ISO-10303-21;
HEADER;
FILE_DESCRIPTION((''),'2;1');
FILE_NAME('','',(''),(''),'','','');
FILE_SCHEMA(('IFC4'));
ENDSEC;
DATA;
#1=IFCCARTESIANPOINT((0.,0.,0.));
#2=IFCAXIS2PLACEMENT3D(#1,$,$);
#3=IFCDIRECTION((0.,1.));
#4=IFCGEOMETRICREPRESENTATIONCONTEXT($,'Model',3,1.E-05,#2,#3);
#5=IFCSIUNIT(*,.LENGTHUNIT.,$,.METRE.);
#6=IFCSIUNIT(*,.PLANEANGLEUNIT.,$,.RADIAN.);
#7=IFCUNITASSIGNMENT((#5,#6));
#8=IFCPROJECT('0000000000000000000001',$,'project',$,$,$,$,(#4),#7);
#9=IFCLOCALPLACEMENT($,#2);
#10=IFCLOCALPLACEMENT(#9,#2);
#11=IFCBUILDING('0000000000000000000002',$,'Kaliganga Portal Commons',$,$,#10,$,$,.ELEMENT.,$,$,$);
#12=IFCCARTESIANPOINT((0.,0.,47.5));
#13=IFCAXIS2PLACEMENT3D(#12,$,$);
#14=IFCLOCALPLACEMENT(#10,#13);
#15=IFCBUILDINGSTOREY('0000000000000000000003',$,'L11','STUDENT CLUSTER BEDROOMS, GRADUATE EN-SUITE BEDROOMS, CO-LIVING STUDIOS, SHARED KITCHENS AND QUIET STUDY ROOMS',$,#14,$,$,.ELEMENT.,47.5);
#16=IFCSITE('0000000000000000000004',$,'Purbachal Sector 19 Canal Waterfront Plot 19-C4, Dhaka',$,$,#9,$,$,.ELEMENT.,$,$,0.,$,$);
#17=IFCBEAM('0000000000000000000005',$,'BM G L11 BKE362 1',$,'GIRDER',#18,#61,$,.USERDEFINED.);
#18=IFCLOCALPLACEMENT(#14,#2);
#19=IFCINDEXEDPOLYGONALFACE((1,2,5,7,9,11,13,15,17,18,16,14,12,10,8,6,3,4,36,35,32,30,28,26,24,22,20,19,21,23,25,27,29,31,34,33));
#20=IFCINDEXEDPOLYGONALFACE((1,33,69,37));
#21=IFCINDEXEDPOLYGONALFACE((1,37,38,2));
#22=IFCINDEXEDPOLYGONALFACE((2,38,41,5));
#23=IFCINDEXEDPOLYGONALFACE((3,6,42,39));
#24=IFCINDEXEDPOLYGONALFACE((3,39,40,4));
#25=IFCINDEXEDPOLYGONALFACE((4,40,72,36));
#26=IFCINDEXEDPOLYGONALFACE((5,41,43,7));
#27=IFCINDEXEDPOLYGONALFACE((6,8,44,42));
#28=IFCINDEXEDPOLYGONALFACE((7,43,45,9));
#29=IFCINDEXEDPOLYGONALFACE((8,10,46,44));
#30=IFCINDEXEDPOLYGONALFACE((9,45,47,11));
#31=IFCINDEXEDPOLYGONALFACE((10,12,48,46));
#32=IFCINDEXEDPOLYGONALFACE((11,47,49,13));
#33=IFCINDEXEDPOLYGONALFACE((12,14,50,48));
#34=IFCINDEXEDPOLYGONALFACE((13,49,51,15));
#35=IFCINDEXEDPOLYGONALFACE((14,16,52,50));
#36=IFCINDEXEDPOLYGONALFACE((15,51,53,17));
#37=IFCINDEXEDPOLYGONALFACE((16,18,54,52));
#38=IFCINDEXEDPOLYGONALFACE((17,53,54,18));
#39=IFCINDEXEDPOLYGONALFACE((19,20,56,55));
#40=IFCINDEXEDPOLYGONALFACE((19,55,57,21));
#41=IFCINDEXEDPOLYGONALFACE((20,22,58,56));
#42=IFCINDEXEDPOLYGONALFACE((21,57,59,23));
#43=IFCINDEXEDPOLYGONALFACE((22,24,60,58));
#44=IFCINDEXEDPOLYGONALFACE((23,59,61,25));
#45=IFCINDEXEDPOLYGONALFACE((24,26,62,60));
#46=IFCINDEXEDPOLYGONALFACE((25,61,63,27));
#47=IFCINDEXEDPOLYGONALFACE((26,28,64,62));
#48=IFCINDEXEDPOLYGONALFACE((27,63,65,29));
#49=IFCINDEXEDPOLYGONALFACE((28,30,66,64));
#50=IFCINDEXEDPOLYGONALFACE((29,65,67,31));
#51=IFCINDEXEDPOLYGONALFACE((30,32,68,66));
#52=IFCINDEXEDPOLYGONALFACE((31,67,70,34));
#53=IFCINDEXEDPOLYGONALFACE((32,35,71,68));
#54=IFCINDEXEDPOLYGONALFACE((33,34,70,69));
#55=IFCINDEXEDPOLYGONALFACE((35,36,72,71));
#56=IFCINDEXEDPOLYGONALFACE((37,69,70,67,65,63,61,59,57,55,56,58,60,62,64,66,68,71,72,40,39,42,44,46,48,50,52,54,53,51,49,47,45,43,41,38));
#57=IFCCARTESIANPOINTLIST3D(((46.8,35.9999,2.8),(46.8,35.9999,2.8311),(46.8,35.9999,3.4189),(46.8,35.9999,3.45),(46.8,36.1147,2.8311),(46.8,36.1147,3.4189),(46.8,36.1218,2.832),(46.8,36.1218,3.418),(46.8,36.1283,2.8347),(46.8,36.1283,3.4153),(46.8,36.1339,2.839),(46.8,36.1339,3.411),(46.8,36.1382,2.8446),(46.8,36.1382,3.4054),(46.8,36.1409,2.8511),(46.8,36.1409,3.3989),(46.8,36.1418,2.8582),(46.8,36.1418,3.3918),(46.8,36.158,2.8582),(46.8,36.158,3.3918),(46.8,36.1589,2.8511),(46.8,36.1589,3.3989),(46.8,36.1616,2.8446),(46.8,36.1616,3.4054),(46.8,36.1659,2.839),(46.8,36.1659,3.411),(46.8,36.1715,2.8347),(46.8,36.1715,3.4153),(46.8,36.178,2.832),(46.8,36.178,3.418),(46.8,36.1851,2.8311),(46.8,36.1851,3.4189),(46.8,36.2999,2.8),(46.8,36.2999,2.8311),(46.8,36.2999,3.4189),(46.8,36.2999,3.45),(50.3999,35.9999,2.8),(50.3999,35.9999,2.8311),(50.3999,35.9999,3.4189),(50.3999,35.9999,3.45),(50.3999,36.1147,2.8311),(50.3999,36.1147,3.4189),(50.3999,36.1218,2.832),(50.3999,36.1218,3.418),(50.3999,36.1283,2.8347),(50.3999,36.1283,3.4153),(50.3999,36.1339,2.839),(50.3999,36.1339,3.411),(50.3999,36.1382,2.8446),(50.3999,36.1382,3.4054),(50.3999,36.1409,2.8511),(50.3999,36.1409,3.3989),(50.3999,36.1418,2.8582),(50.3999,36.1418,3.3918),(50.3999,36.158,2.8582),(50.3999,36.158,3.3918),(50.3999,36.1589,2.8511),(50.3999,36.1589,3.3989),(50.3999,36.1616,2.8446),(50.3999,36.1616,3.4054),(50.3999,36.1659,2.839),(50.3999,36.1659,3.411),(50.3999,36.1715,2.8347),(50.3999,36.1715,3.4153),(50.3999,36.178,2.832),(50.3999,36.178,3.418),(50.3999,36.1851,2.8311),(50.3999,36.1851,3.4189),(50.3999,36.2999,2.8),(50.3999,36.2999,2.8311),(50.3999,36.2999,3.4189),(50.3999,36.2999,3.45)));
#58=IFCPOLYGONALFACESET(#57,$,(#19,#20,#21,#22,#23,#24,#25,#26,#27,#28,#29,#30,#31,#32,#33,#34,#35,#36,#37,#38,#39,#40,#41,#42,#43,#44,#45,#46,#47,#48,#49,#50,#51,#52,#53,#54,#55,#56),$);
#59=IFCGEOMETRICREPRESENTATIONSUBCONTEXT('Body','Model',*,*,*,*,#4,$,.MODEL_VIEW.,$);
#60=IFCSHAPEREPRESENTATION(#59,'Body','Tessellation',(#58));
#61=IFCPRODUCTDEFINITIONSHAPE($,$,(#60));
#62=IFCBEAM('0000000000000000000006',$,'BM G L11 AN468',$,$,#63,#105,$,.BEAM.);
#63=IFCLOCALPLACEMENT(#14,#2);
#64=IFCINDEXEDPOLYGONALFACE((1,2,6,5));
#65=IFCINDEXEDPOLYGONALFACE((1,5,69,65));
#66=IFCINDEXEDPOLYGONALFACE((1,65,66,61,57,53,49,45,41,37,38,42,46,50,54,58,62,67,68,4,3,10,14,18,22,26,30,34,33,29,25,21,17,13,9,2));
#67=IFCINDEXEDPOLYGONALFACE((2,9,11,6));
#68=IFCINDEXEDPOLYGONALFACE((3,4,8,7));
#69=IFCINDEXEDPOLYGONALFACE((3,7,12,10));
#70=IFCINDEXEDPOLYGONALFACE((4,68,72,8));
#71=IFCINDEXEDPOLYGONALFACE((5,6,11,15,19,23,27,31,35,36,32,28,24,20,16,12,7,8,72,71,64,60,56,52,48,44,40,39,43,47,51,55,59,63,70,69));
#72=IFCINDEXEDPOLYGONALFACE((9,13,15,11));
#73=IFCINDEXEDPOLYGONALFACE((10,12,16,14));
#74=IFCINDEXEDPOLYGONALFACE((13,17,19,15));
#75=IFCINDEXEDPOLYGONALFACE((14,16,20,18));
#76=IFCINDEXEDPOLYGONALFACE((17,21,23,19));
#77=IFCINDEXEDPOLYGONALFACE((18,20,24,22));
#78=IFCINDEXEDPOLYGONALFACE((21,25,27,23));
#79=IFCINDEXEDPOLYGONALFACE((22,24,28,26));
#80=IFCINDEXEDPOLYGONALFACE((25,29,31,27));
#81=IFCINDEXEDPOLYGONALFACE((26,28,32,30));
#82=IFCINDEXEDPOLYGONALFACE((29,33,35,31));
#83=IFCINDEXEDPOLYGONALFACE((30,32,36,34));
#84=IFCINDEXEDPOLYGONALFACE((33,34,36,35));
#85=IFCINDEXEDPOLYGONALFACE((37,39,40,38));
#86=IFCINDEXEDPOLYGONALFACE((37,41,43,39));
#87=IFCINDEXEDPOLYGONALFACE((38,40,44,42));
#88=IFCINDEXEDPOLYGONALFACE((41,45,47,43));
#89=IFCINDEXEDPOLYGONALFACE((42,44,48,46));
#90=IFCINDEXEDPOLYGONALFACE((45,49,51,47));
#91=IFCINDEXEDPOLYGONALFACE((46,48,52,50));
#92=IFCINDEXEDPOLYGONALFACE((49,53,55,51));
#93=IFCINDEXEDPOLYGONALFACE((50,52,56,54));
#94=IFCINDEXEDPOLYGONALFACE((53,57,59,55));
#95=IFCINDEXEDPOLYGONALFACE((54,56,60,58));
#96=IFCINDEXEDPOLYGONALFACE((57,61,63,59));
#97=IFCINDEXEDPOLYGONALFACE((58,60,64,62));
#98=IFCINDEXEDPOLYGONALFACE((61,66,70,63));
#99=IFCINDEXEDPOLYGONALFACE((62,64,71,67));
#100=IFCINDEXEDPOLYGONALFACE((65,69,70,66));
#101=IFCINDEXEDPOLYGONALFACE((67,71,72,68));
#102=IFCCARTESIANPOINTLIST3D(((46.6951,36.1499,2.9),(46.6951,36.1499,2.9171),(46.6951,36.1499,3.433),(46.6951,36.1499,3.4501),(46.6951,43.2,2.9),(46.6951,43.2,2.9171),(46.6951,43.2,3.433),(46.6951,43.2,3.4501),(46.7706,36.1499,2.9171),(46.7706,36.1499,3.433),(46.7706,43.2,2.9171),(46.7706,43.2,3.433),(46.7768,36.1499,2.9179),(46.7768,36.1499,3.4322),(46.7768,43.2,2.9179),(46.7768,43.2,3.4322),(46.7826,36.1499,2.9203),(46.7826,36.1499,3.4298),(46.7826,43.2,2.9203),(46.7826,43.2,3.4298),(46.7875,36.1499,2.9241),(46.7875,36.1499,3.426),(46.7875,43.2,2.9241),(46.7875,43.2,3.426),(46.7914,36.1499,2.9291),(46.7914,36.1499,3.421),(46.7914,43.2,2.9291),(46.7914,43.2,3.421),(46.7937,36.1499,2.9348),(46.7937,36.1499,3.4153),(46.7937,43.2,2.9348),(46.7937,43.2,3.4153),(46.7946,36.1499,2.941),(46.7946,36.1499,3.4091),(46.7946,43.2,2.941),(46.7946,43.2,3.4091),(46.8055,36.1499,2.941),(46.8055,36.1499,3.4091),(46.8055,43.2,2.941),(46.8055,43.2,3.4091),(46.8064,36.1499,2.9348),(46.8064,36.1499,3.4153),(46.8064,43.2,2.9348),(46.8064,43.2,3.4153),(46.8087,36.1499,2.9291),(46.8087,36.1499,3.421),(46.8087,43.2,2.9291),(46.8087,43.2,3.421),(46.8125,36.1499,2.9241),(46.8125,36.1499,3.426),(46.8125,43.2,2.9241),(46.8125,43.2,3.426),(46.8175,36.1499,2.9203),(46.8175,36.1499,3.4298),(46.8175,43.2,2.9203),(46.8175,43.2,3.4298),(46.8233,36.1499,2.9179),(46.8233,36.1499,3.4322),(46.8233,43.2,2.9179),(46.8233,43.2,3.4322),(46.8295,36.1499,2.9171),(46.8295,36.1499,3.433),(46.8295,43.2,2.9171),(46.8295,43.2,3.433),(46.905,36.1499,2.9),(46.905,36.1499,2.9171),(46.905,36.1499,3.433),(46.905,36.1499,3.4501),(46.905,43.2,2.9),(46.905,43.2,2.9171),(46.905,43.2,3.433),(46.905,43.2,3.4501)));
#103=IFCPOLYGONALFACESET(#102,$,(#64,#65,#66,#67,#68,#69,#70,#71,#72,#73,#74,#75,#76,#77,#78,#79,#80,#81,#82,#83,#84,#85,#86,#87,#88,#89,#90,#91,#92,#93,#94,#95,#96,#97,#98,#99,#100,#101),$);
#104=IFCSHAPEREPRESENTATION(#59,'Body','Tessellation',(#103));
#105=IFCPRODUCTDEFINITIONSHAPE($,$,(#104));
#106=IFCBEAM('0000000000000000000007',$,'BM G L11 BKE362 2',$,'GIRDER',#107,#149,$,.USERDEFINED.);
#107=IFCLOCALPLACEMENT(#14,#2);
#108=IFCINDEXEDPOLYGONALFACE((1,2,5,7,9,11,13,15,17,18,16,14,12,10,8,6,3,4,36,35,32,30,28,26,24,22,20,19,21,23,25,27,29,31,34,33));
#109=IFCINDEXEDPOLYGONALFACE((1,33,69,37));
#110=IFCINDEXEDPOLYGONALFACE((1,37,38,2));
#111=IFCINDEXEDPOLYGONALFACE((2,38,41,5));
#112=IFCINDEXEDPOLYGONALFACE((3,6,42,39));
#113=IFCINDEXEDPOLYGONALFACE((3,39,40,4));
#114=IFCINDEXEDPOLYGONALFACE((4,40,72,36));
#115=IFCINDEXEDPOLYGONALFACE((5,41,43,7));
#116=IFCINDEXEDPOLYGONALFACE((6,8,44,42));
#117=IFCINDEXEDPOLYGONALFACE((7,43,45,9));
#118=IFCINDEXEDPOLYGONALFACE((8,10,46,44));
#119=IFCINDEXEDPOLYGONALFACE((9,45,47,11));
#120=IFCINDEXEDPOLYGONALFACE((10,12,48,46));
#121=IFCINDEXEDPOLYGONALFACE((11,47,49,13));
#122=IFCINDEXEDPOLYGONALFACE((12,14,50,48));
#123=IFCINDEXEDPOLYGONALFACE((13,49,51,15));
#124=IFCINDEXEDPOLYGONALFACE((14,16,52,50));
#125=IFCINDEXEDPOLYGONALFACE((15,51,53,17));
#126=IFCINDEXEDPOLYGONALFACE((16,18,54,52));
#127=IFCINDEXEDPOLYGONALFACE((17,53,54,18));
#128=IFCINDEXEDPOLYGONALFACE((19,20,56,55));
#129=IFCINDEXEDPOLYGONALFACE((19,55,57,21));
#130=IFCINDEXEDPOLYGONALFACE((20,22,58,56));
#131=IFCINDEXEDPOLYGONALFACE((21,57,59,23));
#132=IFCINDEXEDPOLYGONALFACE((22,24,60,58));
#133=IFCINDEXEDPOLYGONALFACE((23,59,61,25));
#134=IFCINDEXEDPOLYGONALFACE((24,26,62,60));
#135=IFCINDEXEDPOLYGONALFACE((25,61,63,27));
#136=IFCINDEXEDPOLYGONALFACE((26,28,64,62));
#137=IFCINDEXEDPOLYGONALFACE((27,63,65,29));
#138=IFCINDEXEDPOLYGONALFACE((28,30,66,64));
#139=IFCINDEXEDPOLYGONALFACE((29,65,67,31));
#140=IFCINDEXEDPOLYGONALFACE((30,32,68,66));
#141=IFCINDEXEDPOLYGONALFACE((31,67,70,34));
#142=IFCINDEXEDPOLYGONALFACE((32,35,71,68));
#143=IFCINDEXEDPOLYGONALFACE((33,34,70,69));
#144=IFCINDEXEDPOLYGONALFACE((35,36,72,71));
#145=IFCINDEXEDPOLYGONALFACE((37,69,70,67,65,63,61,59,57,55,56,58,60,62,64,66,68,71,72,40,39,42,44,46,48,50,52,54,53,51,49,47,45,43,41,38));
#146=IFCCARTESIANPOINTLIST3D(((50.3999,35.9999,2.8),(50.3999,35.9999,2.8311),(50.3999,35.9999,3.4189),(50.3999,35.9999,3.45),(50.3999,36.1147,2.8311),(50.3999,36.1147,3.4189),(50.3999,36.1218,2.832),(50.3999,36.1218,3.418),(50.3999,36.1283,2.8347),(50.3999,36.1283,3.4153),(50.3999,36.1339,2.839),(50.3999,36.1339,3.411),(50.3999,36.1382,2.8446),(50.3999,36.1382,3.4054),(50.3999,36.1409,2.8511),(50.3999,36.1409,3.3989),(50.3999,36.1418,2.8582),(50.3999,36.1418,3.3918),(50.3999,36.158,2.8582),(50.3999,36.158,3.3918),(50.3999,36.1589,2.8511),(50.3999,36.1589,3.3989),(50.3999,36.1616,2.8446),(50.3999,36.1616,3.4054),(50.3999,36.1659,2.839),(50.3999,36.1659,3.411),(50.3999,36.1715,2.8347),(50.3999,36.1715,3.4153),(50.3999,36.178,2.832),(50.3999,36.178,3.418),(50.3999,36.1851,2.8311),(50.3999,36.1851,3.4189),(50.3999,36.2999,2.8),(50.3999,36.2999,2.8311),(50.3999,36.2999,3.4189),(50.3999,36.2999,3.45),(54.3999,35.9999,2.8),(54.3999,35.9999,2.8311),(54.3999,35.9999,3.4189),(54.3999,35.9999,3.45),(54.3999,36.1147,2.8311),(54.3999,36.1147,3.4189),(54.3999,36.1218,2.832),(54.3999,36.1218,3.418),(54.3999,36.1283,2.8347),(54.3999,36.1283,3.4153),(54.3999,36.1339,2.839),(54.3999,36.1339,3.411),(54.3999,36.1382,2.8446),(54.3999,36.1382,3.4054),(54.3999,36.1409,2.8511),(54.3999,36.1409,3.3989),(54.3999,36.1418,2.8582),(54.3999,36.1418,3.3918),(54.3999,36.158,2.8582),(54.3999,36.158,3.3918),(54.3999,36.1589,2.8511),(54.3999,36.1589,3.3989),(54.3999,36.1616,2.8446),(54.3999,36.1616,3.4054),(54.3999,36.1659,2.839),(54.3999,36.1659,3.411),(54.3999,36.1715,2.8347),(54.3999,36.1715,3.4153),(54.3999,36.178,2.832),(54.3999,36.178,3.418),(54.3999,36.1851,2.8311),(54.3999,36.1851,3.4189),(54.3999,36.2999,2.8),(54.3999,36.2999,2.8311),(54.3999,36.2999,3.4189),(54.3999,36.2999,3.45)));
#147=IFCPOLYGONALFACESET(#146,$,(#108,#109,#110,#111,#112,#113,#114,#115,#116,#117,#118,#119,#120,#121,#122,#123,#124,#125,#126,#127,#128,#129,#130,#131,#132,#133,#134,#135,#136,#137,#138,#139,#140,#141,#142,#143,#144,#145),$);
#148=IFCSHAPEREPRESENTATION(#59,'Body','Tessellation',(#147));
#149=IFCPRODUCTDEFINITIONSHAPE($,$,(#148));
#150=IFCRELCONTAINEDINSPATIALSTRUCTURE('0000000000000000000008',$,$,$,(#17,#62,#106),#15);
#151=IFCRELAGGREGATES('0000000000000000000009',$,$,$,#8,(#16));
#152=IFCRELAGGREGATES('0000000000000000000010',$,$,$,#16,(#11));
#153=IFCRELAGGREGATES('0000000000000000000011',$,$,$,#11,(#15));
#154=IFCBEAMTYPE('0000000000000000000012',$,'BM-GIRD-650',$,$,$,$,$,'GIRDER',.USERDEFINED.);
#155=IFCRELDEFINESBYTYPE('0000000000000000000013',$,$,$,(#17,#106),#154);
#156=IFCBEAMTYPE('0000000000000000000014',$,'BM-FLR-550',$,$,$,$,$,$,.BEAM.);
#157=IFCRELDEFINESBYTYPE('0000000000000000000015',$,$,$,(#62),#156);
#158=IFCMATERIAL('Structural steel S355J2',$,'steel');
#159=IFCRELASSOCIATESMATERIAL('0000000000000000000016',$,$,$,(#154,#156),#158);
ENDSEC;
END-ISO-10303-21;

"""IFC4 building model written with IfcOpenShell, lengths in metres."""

from ifc_helpers import new_model, si_unit, direction, frame, origin, origin_2d, place, context, subcontext, project, spatial, i_section, extrude, source, transform, mapped, material, material_profile, profile_set, type_object, element, save


model = new_model("IFC4")

# Units and contexts
model_context = context("Model", 3, precision=1e-05, world=origin(), true_north=direction((0.0, 1.0)))
body_context = subcontext(model_context, "Body", "Model", "MODEL_VIEW")
ifc_project = project(units=[si_unit("LENGTHUNIT", "METRE"), si_unit("PLANEANGLEUNIT", "RADIAN")], contexts=[model_context])

# Site, building, storey
site_placement = place(None, origin())
site = spatial("IfcSite", under=ifc_project, at=site_placement, Name="Purbachal Sector 19 Canal Waterfront Plot 19-C4, Dhaka", CompositionType="ELEMENT", RefElevation=0.0)
building_placement = place(site_placement, origin())
building = spatial("IfcBuilding", under=site, at=building_placement, Name="Kaliganga Portal Commons", CompositionType="ELEMENT")
storey_placement = place(building_placement, frame((0.0, 0.0, 47.5)))
storey = spatial("IfcBuildingStorey", under=building, at=storey_placement, Name="L11", Description="STUDENT CLUSTER BEDROOMS, GRADUATE EN-SUITE BEDROOMS, CO-LIVING STUDIOS, SHARED KITCHENS AND QUIET STUDY ROOMS", CompositionType="ELEMENT", Elevation=47.5)

# Beams
ifc_material_1 = material(Name="Structural steel S355J2", Category="steel")
ifc_material_profile_1 = material_profile(ifc_material_1, i_section(OverallWidth=0.3, OverallDepth=0.6499, WebThickness=0.0161, FlangeThickness=0.031, FilletRadius=0.0271, at=origin_2d()), Name="HE 650 B")
ifc_profile_set_1 = profile_set([ifc_material_profile_1], Name="Structural steel S355J2 wide-flange")
beam_type_1 = type_object("IfcBeamType", Name="BM-GIRD-650", ElementType="GIRDER", PredefinedType="USERDEFINED", material=ifc_profile_set_1)
shared_shape_1 = source(origin(), body_context, "Body", "SweptSolid", [
    extrude(i_section(OverallWidth=0.3, OverallDepth=0.6499, WebThickness=0.0161, FlangeThickness=0.031, FilletRadius=0.0271, at=origin_2d()), origin(), (0.0, 0.0, 1.0), 3.5999),
])
beam_1_placement = place(storey_placement, frame((46.8, 36.1499, 3.125), z_axis=(1.0, 0.0, 0.0), x_axis=(0.0, 1.0, 0.0)))
element("IfcBeam", 1, at=beam_1_placement, inside=storey, type_object=beam_type_1, Name="BM G L11 BKE362 1", ObjectType="GIRDER", PredefinedType="USERDEFINED", context=body_context, shape_type="MappedRepresentation", body=[
    mapped(shared_shape_1, transform((0.0, 0.0, 0.0), x_axis=(1.0, 0.0, 0.0), y_axis=(0.0, 1.0, 0.0), z_axis=(0.0, 0.0, 1.0), scale=1.0)),
])
ifc_material_profile_2 = material_profile(ifc_material_1, i_section(OverallWidth=0.21, OverallDepth=0.55, WebThickness=0.011, FlangeThickness=0.0171, FilletRadius=0.0239, at=origin_2d()), Name="IPE 550")
ifc_profile_set_2 = profile_set([ifc_material_profile_2], Name="Structural steel S355J2 wide-flange")
beam_type_2 = type_object("IfcBeamType", Name="BM-FLR-550", PredefinedType="BEAM", material=ifc_profile_set_2)
shared_shape_2 = source(origin(), body_context, "Body", "SweptSolid", [
    extrude(i_section(OverallWidth=0.21, OverallDepth=0.55, WebThickness=0.011, FlangeThickness=0.0171, FilletRadius=0.0239, at=origin_2d()), origin(), (0.0, 0.0, 1.0), 7.05),
])
beam_2_placement = place(storey_placement, frame((46.8, 36.1499, 3.175), z_axis=(0.0, 1.0, 0.0), x_axis=(-1.0, 0.0, 0.0)))
element("IfcBeam", 2, at=beam_2_placement, inside=storey, type_object=beam_type_2, Name="BM G L11 AN468", PredefinedType="BEAM", context=body_context, shape_type="MappedRepresentation", body=[
    mapped(shared_shape_2, transform((0.0, 0.0, 0.0), x_axis=(1.0, 0.0, 0.0), y_axis=(0.0, 1.0, 0.0), z_axis=(0.0, 0.0, 1.0), scale=1.0)),
])
shared_shape_3 = source(origin(), body_context, "Body", "SweptSolid", [
    extrude(i_section(OverallWidth=0.3, OverallDepth=0.6499, WebThickness=0.0161, FlangeThickness=0.031, FilletRadius=0.0271, at=origin_2d()), origin(), (0.0, 0.0, 1.0), 4.0),
])
beam_3_placement = place(storey_placement, frame((50.3999, 36.1499, 3.125), z_axis=(1.0, 0.0, 0.0), x_axis=(0.0, 1.0, 0.0)))
element("IfcBeam", 3, at=beam_3_placement, inside=storey, type_object=beam_type_1, Name="BM G L11 BKE362 2", ObjectType="GIRDER", PredefinedType="USERDEFINED", context=body_context, shape_type="MappedRepresentation", body=[
    mapped(shared_shape_3, transform((0.0, 0.0, 0.0), x_axis=(1.0, 0.0, 0.0), y_axis=(0.0, 1.0, 0.0), z_axis=(0.0, 0.0, 1.0), scale=1.0)),
])

save(model, "model.ifc")
